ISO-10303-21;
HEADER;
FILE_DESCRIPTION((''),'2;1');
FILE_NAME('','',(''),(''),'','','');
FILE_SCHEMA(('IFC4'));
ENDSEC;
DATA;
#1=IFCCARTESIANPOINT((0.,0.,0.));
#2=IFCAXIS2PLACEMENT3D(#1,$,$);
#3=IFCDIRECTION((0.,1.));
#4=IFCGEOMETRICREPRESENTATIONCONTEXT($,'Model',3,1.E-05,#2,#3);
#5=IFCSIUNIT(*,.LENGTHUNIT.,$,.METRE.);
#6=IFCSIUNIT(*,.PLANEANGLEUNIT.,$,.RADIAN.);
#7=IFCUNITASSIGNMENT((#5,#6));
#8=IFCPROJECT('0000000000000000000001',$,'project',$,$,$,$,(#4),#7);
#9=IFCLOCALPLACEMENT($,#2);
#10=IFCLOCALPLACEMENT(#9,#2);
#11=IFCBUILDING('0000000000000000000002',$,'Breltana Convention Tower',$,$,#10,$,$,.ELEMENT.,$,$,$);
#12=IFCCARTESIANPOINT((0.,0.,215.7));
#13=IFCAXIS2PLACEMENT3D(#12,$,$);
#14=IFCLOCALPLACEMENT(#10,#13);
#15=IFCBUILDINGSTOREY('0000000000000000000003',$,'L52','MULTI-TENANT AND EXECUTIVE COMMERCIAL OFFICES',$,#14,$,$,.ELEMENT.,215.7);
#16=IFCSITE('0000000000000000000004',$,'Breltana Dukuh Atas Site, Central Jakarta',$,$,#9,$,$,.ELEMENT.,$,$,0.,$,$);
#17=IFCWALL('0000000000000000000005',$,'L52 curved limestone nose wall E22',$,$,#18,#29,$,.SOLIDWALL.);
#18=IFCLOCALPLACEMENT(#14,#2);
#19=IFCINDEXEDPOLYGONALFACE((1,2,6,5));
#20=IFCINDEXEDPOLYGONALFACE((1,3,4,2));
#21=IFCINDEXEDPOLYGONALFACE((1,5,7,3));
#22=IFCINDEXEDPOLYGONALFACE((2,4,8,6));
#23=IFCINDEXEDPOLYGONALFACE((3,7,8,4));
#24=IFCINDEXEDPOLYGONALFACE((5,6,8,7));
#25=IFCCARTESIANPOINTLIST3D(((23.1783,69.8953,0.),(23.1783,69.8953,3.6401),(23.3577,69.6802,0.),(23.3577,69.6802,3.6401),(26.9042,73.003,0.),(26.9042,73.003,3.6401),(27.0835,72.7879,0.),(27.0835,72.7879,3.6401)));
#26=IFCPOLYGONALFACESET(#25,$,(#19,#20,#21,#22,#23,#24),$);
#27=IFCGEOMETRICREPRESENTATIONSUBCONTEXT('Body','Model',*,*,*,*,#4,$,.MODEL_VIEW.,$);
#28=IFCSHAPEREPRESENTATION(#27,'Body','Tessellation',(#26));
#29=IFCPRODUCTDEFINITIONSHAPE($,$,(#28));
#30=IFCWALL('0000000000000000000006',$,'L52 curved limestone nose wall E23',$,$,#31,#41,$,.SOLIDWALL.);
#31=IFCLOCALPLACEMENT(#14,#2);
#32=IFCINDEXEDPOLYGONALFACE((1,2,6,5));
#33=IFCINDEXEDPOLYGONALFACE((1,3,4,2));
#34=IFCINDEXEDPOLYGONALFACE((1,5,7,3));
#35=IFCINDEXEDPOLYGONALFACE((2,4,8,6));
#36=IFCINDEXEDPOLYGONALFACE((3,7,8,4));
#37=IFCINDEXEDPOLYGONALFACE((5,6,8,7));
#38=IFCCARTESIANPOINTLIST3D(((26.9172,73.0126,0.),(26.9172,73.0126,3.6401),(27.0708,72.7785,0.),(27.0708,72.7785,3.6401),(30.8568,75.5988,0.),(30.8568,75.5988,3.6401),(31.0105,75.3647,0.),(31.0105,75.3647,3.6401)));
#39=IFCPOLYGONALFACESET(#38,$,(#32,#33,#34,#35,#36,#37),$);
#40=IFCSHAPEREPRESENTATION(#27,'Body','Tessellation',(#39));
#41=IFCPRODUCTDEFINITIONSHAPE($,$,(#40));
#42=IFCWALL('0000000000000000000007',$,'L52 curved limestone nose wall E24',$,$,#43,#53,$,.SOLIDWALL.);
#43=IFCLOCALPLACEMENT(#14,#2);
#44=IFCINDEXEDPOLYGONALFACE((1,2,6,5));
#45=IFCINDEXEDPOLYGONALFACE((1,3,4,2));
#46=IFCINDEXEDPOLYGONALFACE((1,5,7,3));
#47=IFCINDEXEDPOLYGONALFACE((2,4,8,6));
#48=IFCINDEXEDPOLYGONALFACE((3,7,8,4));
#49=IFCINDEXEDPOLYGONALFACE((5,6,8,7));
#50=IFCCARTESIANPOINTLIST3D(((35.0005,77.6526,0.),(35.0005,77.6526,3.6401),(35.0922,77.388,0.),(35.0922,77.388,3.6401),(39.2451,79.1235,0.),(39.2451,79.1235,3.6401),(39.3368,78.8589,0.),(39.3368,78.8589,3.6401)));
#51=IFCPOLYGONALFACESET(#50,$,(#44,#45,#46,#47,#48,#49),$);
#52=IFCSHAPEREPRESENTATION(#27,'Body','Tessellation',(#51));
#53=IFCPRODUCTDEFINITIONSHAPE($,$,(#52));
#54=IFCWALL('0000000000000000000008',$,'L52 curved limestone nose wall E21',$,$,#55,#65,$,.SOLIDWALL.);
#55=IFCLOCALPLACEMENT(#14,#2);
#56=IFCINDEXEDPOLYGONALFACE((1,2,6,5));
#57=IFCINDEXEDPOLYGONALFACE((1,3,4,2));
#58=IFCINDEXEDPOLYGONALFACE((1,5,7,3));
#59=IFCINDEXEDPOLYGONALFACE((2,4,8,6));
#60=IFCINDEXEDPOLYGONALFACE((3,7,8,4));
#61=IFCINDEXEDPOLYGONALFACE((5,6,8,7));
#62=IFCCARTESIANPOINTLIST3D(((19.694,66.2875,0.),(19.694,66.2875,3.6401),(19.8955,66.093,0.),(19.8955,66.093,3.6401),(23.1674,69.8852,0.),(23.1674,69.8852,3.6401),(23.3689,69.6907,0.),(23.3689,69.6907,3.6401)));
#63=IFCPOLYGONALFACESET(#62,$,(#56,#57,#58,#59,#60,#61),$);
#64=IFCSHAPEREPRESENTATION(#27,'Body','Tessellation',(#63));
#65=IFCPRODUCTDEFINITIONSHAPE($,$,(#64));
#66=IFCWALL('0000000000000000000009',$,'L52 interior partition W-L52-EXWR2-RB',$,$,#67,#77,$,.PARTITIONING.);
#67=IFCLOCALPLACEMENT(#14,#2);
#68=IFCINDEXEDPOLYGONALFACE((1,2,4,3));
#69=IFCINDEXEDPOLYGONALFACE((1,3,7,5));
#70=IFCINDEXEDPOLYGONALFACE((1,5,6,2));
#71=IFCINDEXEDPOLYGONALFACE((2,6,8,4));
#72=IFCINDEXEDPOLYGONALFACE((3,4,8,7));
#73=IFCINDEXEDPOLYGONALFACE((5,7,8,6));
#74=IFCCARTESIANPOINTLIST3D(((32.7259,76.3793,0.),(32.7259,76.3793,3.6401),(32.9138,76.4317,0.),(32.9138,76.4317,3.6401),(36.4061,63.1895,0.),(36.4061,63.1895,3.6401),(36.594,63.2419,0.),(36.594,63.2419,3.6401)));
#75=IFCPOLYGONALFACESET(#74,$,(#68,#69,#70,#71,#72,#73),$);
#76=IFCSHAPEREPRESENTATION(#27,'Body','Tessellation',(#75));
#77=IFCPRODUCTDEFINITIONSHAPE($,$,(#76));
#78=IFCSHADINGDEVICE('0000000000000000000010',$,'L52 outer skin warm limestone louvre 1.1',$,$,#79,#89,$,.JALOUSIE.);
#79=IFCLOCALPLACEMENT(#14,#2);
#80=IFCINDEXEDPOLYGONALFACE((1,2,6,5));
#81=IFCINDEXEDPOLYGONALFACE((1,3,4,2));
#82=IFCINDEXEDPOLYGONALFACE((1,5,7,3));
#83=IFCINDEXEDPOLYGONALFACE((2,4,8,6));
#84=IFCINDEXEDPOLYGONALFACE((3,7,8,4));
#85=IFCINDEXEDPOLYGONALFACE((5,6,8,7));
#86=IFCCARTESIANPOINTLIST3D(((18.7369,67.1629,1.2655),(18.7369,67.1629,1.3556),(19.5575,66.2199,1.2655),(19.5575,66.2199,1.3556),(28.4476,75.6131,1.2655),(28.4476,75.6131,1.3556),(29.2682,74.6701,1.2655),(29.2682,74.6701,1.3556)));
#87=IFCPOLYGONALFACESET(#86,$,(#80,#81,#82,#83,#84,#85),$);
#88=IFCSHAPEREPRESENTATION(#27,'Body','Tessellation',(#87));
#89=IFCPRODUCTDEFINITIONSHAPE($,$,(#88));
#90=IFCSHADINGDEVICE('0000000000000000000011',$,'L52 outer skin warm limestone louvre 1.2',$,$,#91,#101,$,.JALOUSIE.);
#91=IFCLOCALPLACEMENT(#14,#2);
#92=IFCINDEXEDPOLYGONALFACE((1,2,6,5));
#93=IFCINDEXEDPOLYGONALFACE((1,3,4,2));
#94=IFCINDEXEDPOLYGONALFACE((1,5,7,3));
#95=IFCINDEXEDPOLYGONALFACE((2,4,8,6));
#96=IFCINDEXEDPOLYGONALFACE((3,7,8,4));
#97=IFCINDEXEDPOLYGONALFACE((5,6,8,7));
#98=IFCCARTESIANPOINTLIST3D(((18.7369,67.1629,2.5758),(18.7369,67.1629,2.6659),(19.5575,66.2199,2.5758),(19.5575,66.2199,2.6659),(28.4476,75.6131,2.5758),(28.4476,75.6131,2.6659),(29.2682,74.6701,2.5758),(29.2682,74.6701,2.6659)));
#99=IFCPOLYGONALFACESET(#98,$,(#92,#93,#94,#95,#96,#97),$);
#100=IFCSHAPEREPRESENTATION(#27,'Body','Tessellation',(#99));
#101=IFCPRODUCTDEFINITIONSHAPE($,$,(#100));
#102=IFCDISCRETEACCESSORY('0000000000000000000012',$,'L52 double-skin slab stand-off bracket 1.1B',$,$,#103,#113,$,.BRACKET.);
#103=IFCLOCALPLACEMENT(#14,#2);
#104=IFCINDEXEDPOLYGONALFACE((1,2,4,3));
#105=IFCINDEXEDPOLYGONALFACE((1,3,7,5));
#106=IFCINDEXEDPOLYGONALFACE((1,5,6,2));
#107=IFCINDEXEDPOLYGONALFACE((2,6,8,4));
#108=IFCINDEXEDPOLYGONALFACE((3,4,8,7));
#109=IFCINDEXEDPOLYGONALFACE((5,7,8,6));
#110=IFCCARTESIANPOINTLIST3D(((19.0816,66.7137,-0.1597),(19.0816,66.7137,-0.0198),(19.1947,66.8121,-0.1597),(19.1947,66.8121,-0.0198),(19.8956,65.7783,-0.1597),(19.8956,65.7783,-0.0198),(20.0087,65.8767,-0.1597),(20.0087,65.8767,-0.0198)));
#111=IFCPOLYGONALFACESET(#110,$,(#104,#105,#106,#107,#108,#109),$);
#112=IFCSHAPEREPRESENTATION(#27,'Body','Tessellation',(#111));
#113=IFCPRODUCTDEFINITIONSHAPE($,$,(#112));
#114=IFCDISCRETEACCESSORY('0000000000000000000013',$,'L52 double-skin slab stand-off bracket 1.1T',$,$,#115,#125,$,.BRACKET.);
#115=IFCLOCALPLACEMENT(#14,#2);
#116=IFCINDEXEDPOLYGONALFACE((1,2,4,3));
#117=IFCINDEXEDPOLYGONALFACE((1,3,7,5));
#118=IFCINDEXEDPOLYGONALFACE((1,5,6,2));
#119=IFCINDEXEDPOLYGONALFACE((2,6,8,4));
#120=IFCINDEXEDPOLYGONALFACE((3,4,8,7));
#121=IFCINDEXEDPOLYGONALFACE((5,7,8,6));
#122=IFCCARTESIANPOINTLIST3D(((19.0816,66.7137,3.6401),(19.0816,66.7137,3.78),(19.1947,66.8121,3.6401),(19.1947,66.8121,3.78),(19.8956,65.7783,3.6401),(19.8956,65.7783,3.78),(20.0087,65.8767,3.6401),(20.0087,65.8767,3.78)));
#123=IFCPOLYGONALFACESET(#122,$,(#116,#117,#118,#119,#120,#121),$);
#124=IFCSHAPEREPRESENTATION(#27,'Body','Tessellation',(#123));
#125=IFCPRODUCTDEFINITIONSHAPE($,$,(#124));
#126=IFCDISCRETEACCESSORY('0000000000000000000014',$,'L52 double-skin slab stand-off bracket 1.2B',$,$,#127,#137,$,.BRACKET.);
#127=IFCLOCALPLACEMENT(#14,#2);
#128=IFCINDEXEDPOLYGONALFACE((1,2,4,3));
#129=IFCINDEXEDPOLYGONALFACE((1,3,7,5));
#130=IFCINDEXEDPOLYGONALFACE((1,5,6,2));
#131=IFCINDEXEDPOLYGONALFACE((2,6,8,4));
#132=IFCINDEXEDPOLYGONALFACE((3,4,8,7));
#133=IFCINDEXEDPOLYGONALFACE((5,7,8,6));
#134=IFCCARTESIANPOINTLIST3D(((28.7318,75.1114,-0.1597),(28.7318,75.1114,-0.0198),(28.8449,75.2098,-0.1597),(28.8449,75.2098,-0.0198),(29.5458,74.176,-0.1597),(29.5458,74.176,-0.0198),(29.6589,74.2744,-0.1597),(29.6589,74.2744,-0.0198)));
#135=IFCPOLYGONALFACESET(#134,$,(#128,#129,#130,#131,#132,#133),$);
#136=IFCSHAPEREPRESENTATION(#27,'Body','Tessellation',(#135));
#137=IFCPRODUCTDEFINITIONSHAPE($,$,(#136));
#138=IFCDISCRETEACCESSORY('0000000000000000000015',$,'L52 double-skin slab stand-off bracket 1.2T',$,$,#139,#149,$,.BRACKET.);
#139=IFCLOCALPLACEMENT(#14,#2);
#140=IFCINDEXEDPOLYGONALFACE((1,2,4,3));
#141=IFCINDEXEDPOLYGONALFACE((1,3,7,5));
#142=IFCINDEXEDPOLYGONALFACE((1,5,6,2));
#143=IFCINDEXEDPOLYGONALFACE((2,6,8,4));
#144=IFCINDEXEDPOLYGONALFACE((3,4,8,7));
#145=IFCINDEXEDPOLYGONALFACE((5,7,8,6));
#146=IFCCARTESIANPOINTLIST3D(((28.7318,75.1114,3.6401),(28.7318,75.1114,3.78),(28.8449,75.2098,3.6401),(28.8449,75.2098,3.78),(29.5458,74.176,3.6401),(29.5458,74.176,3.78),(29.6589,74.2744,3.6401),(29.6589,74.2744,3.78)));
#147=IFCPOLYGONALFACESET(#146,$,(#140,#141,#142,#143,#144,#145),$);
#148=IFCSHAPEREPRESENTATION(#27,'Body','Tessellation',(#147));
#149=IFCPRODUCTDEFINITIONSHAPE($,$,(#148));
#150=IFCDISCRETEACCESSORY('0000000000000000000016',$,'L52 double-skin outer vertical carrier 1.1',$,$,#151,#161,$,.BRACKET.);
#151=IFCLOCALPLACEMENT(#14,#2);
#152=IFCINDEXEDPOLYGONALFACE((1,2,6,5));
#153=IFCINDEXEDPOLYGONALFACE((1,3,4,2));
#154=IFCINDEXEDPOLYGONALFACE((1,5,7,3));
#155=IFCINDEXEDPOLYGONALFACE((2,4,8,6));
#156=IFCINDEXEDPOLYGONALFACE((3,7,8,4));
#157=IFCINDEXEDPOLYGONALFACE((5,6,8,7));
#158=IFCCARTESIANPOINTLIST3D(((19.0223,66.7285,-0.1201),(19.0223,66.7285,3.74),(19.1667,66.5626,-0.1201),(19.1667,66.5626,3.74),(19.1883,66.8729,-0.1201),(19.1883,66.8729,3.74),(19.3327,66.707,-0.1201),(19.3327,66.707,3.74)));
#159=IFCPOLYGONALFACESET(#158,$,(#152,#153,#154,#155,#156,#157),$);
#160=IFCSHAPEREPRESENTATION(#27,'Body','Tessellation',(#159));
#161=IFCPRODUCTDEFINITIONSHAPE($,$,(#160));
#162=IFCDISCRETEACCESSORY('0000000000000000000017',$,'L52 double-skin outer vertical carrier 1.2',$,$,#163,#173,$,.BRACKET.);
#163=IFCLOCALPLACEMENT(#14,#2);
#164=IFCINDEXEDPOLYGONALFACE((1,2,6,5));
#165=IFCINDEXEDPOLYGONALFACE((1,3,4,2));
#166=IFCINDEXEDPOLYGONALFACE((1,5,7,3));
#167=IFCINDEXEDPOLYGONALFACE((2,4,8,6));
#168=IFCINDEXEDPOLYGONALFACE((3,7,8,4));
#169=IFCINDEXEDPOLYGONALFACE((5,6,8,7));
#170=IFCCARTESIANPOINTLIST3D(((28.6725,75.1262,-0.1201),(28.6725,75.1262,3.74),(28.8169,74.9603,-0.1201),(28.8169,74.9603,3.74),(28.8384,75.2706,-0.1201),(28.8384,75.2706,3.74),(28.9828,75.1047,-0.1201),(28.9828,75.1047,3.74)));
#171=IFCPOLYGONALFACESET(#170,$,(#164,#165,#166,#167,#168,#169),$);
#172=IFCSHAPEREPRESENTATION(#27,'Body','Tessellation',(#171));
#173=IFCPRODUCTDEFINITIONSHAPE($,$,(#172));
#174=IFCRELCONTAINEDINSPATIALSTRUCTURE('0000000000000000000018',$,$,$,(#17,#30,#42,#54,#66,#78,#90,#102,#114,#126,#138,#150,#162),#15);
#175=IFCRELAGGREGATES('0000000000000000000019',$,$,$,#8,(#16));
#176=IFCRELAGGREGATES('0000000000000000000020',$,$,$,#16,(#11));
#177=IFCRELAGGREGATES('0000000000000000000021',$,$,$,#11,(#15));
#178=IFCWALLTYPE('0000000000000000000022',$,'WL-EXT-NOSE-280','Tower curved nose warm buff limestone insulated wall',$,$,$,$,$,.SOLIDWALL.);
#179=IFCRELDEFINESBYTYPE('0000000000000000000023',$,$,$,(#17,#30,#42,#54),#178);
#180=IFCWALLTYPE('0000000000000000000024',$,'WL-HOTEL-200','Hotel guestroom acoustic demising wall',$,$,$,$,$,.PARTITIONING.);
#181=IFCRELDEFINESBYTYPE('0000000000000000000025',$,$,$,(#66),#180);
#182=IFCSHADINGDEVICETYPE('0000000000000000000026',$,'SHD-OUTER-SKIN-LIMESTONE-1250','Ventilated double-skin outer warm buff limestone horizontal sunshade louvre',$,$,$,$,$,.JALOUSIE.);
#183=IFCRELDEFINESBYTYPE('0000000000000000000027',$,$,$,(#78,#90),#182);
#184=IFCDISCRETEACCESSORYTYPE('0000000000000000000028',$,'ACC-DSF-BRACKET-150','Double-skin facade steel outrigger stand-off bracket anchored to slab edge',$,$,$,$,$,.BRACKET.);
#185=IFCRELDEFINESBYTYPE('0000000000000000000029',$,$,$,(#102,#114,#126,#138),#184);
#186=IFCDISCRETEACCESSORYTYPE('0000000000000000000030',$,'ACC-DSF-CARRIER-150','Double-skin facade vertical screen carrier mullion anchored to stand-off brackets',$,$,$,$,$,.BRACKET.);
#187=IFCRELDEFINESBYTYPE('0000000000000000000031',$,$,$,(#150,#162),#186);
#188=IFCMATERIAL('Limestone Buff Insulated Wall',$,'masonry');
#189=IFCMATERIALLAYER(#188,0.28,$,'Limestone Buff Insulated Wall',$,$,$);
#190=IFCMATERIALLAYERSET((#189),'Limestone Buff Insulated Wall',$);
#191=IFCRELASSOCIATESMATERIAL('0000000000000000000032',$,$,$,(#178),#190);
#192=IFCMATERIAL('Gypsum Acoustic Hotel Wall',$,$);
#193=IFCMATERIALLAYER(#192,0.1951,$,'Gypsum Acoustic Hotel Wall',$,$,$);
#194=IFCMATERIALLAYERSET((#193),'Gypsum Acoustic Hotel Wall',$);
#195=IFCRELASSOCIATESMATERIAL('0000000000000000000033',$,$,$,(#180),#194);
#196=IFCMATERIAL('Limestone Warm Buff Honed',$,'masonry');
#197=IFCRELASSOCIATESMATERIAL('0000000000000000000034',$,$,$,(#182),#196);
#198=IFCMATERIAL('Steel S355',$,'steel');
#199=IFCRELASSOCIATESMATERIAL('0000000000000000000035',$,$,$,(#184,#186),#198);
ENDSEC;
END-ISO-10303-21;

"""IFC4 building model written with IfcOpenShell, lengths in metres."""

from ifc_helpers import new_model, si_unit, direction, frame, frame_2d, origin, origin_2d, place, context, subcontext, project, spatial, rectangle, extrude, source, transform, mapped, material, layer, layer_set, material_profile, profile_set, type_object, type_shapes, element, save


model = new_model("IFC4")

# Units and contexts
model_context = context("Model", 3, precision=1e-05, world=origin(), true_north=direction((0.0, 1.0)))
body_context = subcontext(model_context, "Body", "Model", "MODEL_VIEW")
ifc_project = project(units=[si_unit("LENGTHUNIT", "METRE"), si_unit("PLANEANGLEUNIT", "RADIAN")], contexts=[model_context])

# Site, building, storey
site_placement = place(None, origin())
site = spatial("IfcSite", under=ifc_project, at=site_placement, Name="Breltana Dukuh Atas Site, Central Jakarta", CompositionType="ELEMENT", RefElevation=0.0)
building_placement = place(site_placement, origin())
building = spatial("IfcBuilding", under=site, at=building_placement, Name="Breltana Convention Tower", CompositionType="ELEMENT")
storey_placement = place(building_placement, frame((0.0, 0.0, 215.7)))
storey = spatial("IfcBuildingStorey", under=building, at=storey_placement, Name="L52", Description="MULTI-TENANT AND EXECUTIVE COMMERCIAL OFFICES", CompositionType="ELEMENT", Elevation=215.7)

# Walls
ifc_material_1 = material(Name="Limestone Buff Insulated Wall", Category="masonry")
ifc_layer_1 = layer(ifc_material_1, 0.28, Name="Limestone Buff Insulated Wall")
ifc_layer_set_1 = layer_set([ifc_layer_1], Name="Limestone Buff Insulated Wall")
wall_type_1 = type_object("IfcWallType", Name="WL-EXT-NOSE-280", Description="Tower curved nose warm buff limestone insulated wall", PredefinedType="SOLIDWALL", material=ifc_layer_set_1)
shared_shape_1 = source(origin(), body_context, "Body", "SweptSolid", [
    extrude(rectangle(XDim=4.8518, YDim=0.28, at=frame_2d((2.4258, 0.0))), origin(), (0.0, 0.0, 1.0), 3.6401),
])
wall_1_placement = place(storey_placement, frame((23.2681, 69.7878, 0.0), z_axis=(0.0, 0.0, 1.0), x_axis=(0.767937, 0.640526, 0.0)))
element("IfcWall", 1, at=wall_1_placement, inside=storey, type_object=wall_type_1, Name="L52 curved limestone nose wall E22", PredefinedType="SOLIDWALL", context=body_context, shape_type="MappedRepresentation", body=[
    mapped(shared_shape_1, transform((0.0, 0.0, 0.0), scale=1.0)),
])
shared_shape_2 = source(origin(), body_context, "Body", "SweptSolid", [
    extrude(rectangle(XDim=4.7126, YDim=0.28, at=frame_2d((2.3564, 0.0))), origin(), (0.0, 0.0, 1.0), 3.6401),
])
wall_2_placement = place(storey_placement, frame((26.9939, 72.8955, 0.0), z_axis=(0.0, 0.0, 1.0), x_axis=(0.835974, 0.548768, 0.0)))
element("IfcWall", 2, at=wall_2_placement, inside=storey, type_object=wall_type_1, Name="L52 curved limestone nose wall E23", PredefinedType="SOLIDWALL", context=body_context, shape_type="MappedRepresentation", body=[
    mapped(shared_shape_2, transform((0.0, 0.0, 0.0), scale=1.0)),
])
shared_shape_3 = source(origin(), body_context, "Body", "SweptSolid", [
    extrude(rectangle(XDim=4.4922, YDim=0.28, at=frame_2d((2.2461, 0.0))), origin(), (0.0, 0.0, 1.0), 3.6401),
])
wall_3_placement = place(storey_placement, frame((35.0464, 77.5203, 0.0), z_axis=(0.0, 0.0, 1.0), x_axis=(0.944872, 0.327439, 0.0)))
element("IfcWall", 3, at=wall_3_placement, inside=storey, type_object=wall_type_1, Name="L52 curved limestone nose wall E24", PredefinedType="SOLIDWALL", context=body_context, shape_type="MappedRepresentation", body=[
    mapped(shared_shape_3, transform((0.0, 0.0, 0.0), scale=1.0)),
])
shared_shape_4 = source(origin(), body_context, "Body", "SweptSolid", [
    extrude(rectangle(XDim=5.0007, YDim=0.28, at=frame_2d((2.5005, 0.0))), origin(), (0.0, 0.0, 1.0), 3.6401),
])
wall_4_placement = place(storey_placement, frame((19.7947, 66.1902, 0.0), z_axis=(0.0, 0.0, 1.0), x_axis=(0.694573, 0.719422, 0.0)))
element("IfcWall", 4, at=wall_4_placement, inside=storey, type_object=wall_type_1, Name="L52 curved limestone nose wall E21", PredefinedType="SOLIDWALL", context=body_context, shape_type="MappedRepresentation", body=[
    mapped(shared_shape_4, transform((0.0, 0.0, 0.0), scale=1.0)),
])
ifc_material_2 = material(Name="Gypsum Acoustic Hotel Wall")
ifc_layer_2 = layer(ifc_material_2, 0.1951, Name="Gypsum Acoustic Hotel Wall")
ifc_layer_set_2 = layer_set([ifc_layer_2], Name="Gypsum Acoustic Hotel Wall")
wall_type_2 = type_object("IfcWallType", Name="WL-HOTEL-200", Description="Hotel guestroom acoustic demising wall", PredefinedType="PARTITIONING", material=ifc_layer_set_2)
shared_shape_5 = source(origin(), body_context, "Body", "SweptSolid", [
    extrude(rectangle(XDim=13.6936, YDim=0.1951, at=frame_2d((6.8467, 0.0))), origin(), (0.0, 0.0, 1.0), 3.6401),
])
wall_5_placement = place(storey_placement, frame((36.5, 63.2158, 0.0), z_axis=(0.0, 0.0, 1.0), x_axis=(-0.268754, 0.963209, 0.0)))
element("IfcWall", 5, at=wall_5_placement, inside=storey, type_object=wall_type_2, Name="L52 interior partition W-L52-EXWR2-RB", PredefinedType="PARTITIONING", context=body_context, shape_type="MappedRepresentation", body=[
    mapped(shared_shape_5, transform((0.0, 0.0, 0.0), scale=1.0)),
])

# Shading devices
ifc_material_3 = material(Name="Limestone Warm Buff Honed", Category="masonry")
ifc_material_profile_1 = material_profile(ifc_material_3, rectangle(XDim=1.25, YDim=0.0901, at=origin_2d()), Name="STN-LVR-1250X90")
ifc_profile_set_1 = profile_set([ifc_material_profile_1], Name="Limestone Warm Buff Honed")
shading_device_type = type_object("IfcShadingDeviceType", Name="SHD-OUTER-SKIN-LIMESTONE-1250", Description="Ventilated double-skin outer warm buff limestone horizontal sunshade louvre", PredefinedType="JALOUSIE", material=ifc_profile_set_1)
shared_shape_6 = source(origin(), body_context, "Body", "SweptSolid", [
    extrude(rectangle(XDim=1.25, YDim=0.0901, at=origin_2d()), origin(), (0.0, 0.0, 1.0), 12.8726),
])
for number, where, z_axis, x_axis, name in (
    (6, (19.1472, 66.6914, 1.3105), (0.75437, 0.656449, 0.0), (-0.656449, 0.75437, 0.0), "L52 outer skin warm limestone louvre 1.1"),
    (7, (19.1472, 66.6914, 2.6208), (0.75437, 0.656449, 0.0), (-0.656449, 0.75437, 0.0), "L52 outer skin warm limestone louvre 1.2"),
):
    element("IfcShadingDevice", number, at=place(storey_placement, frame(where, z_axis=z_axis, x_axis=x_axis)), inside=storey, type_object=shading_device_type, Name=name, PredefinedType="JALOUSIE", context=body_context, shape_type="MappedRepresentation", body=[
        mapped(shared_shape_6, transform((0.0, 0.0, 0.0), scale=1.0)),
    ])

# Discrete accessories
ifc_material_4 = material(Name="Steel S355", Category="steel")
discrete_accessory_type_1 = type_object("IfcDiscreteAccessoryType", Name="ACC-DSF-BRACKET-150", Description="Double-skin facade steel outrigger stand-off bracket anchored to slab edge", PredefinedType="BRACKET", material=ifc_material_4)
shared_shape_7 = source(origin(), body_context, "Body", "SweptSolid", [
    extrude(rectangle(XDim=1.24, YDim=0.1499, at=origin_2d()), origin(), (0.0, 0.0, 1.0), 0.1399),
])
type_shapes(discrete_accessory_type_1, [shared_shape_7])
for number, where, z_axis, x_axis, name in (
    (8, (19.5452, 66.2952, -0.1597), (0.0, 0.0, 1.0), (-0.656452, 0.754368, 0.0), "L52 double-skin slab stand-off bracket 1.1B"),
    (9, (19.5452, 66.2952, 3.6401), (0.0, 0.0, 1.0), (-0.656452, 0.754368, 0.0), "L52 double-skin slab stand-off bracket 1.1T"),
    (10, (29.1953, 74.6929, -0.1597), (0.0, 0.0, 1.0), (-0.656452, 0.754368, 0.0), "L52 double-skin slab stand-off bracket 1.2B"),
    (11, (29.1953, 74.6929, 3.6401), (0.0, 0.0, 1.0), (-0.656452, 0.754368, 0.0), "L52 double-skin slab stand-off bracket 1.2T"),
):
    element("IfcDiscreteAccessory", number, at=place(storey_placement, frame(where, z_axis=z_axis, x_axis=x_axis)), inside=storey, type_object=discrete_accessory_type_1, Name=name, PredefinedType="BRACKET", context=body_context, shape_type="MappedRepresentation", body=[
        mapped(shared_shape_7, transform((0.0, 0.0, 0.0), scale=1.0)),
    ])
discrete_accessory_type_2 = type_object("IfcDiscreteAccessoryType", Name="ACC-DSF-CARRIER-150", Description="Double-skin facade vertical screen carrier mullion anchored to stand-off brackets", PredefinedType="BRACKET", material=ifc_material_4)
shared_shape_8 = source(origin(), body_context, "Body", "SweptSolid", [
    extrude(rectangle(XDim=0.22, YDim=0.22, at=origin_2d()), origin(), (0.0, 0.0, 1.0), 3.8601),
])
for number, where, z_axis, x_axis, name in (
    (12, (19.1775, 66.7178, -0.1201), (0.0, 0.0, 1.0), (-0.656452, 0.754368, 0.0), "L52 double-skin outer vertical carrier 1.1"),
    (13, (28.8276, 75.1155, -0.1201), (0.0, 0.0, 1.0), (-0.656452, 0.754368, 0.0), "L52 double-skin outer vertical carrier 1.2"),
):
    element("IfcDiscreteAccessory", number, at=place(storey_placement, frame(where, z_axis=z_axis, x_axis=x_axis)), inside=storey, type_object=discrete_accessory_type_2, Name=name, PredefinedType="BRACKET", context=body_context, shape_type="MappedRepresentation", body=[
        mapped(shared_shape_8, transform((0.0, 0.0, 0.0), scale=1.0)),
    ])

save(model, "model.ifc")
